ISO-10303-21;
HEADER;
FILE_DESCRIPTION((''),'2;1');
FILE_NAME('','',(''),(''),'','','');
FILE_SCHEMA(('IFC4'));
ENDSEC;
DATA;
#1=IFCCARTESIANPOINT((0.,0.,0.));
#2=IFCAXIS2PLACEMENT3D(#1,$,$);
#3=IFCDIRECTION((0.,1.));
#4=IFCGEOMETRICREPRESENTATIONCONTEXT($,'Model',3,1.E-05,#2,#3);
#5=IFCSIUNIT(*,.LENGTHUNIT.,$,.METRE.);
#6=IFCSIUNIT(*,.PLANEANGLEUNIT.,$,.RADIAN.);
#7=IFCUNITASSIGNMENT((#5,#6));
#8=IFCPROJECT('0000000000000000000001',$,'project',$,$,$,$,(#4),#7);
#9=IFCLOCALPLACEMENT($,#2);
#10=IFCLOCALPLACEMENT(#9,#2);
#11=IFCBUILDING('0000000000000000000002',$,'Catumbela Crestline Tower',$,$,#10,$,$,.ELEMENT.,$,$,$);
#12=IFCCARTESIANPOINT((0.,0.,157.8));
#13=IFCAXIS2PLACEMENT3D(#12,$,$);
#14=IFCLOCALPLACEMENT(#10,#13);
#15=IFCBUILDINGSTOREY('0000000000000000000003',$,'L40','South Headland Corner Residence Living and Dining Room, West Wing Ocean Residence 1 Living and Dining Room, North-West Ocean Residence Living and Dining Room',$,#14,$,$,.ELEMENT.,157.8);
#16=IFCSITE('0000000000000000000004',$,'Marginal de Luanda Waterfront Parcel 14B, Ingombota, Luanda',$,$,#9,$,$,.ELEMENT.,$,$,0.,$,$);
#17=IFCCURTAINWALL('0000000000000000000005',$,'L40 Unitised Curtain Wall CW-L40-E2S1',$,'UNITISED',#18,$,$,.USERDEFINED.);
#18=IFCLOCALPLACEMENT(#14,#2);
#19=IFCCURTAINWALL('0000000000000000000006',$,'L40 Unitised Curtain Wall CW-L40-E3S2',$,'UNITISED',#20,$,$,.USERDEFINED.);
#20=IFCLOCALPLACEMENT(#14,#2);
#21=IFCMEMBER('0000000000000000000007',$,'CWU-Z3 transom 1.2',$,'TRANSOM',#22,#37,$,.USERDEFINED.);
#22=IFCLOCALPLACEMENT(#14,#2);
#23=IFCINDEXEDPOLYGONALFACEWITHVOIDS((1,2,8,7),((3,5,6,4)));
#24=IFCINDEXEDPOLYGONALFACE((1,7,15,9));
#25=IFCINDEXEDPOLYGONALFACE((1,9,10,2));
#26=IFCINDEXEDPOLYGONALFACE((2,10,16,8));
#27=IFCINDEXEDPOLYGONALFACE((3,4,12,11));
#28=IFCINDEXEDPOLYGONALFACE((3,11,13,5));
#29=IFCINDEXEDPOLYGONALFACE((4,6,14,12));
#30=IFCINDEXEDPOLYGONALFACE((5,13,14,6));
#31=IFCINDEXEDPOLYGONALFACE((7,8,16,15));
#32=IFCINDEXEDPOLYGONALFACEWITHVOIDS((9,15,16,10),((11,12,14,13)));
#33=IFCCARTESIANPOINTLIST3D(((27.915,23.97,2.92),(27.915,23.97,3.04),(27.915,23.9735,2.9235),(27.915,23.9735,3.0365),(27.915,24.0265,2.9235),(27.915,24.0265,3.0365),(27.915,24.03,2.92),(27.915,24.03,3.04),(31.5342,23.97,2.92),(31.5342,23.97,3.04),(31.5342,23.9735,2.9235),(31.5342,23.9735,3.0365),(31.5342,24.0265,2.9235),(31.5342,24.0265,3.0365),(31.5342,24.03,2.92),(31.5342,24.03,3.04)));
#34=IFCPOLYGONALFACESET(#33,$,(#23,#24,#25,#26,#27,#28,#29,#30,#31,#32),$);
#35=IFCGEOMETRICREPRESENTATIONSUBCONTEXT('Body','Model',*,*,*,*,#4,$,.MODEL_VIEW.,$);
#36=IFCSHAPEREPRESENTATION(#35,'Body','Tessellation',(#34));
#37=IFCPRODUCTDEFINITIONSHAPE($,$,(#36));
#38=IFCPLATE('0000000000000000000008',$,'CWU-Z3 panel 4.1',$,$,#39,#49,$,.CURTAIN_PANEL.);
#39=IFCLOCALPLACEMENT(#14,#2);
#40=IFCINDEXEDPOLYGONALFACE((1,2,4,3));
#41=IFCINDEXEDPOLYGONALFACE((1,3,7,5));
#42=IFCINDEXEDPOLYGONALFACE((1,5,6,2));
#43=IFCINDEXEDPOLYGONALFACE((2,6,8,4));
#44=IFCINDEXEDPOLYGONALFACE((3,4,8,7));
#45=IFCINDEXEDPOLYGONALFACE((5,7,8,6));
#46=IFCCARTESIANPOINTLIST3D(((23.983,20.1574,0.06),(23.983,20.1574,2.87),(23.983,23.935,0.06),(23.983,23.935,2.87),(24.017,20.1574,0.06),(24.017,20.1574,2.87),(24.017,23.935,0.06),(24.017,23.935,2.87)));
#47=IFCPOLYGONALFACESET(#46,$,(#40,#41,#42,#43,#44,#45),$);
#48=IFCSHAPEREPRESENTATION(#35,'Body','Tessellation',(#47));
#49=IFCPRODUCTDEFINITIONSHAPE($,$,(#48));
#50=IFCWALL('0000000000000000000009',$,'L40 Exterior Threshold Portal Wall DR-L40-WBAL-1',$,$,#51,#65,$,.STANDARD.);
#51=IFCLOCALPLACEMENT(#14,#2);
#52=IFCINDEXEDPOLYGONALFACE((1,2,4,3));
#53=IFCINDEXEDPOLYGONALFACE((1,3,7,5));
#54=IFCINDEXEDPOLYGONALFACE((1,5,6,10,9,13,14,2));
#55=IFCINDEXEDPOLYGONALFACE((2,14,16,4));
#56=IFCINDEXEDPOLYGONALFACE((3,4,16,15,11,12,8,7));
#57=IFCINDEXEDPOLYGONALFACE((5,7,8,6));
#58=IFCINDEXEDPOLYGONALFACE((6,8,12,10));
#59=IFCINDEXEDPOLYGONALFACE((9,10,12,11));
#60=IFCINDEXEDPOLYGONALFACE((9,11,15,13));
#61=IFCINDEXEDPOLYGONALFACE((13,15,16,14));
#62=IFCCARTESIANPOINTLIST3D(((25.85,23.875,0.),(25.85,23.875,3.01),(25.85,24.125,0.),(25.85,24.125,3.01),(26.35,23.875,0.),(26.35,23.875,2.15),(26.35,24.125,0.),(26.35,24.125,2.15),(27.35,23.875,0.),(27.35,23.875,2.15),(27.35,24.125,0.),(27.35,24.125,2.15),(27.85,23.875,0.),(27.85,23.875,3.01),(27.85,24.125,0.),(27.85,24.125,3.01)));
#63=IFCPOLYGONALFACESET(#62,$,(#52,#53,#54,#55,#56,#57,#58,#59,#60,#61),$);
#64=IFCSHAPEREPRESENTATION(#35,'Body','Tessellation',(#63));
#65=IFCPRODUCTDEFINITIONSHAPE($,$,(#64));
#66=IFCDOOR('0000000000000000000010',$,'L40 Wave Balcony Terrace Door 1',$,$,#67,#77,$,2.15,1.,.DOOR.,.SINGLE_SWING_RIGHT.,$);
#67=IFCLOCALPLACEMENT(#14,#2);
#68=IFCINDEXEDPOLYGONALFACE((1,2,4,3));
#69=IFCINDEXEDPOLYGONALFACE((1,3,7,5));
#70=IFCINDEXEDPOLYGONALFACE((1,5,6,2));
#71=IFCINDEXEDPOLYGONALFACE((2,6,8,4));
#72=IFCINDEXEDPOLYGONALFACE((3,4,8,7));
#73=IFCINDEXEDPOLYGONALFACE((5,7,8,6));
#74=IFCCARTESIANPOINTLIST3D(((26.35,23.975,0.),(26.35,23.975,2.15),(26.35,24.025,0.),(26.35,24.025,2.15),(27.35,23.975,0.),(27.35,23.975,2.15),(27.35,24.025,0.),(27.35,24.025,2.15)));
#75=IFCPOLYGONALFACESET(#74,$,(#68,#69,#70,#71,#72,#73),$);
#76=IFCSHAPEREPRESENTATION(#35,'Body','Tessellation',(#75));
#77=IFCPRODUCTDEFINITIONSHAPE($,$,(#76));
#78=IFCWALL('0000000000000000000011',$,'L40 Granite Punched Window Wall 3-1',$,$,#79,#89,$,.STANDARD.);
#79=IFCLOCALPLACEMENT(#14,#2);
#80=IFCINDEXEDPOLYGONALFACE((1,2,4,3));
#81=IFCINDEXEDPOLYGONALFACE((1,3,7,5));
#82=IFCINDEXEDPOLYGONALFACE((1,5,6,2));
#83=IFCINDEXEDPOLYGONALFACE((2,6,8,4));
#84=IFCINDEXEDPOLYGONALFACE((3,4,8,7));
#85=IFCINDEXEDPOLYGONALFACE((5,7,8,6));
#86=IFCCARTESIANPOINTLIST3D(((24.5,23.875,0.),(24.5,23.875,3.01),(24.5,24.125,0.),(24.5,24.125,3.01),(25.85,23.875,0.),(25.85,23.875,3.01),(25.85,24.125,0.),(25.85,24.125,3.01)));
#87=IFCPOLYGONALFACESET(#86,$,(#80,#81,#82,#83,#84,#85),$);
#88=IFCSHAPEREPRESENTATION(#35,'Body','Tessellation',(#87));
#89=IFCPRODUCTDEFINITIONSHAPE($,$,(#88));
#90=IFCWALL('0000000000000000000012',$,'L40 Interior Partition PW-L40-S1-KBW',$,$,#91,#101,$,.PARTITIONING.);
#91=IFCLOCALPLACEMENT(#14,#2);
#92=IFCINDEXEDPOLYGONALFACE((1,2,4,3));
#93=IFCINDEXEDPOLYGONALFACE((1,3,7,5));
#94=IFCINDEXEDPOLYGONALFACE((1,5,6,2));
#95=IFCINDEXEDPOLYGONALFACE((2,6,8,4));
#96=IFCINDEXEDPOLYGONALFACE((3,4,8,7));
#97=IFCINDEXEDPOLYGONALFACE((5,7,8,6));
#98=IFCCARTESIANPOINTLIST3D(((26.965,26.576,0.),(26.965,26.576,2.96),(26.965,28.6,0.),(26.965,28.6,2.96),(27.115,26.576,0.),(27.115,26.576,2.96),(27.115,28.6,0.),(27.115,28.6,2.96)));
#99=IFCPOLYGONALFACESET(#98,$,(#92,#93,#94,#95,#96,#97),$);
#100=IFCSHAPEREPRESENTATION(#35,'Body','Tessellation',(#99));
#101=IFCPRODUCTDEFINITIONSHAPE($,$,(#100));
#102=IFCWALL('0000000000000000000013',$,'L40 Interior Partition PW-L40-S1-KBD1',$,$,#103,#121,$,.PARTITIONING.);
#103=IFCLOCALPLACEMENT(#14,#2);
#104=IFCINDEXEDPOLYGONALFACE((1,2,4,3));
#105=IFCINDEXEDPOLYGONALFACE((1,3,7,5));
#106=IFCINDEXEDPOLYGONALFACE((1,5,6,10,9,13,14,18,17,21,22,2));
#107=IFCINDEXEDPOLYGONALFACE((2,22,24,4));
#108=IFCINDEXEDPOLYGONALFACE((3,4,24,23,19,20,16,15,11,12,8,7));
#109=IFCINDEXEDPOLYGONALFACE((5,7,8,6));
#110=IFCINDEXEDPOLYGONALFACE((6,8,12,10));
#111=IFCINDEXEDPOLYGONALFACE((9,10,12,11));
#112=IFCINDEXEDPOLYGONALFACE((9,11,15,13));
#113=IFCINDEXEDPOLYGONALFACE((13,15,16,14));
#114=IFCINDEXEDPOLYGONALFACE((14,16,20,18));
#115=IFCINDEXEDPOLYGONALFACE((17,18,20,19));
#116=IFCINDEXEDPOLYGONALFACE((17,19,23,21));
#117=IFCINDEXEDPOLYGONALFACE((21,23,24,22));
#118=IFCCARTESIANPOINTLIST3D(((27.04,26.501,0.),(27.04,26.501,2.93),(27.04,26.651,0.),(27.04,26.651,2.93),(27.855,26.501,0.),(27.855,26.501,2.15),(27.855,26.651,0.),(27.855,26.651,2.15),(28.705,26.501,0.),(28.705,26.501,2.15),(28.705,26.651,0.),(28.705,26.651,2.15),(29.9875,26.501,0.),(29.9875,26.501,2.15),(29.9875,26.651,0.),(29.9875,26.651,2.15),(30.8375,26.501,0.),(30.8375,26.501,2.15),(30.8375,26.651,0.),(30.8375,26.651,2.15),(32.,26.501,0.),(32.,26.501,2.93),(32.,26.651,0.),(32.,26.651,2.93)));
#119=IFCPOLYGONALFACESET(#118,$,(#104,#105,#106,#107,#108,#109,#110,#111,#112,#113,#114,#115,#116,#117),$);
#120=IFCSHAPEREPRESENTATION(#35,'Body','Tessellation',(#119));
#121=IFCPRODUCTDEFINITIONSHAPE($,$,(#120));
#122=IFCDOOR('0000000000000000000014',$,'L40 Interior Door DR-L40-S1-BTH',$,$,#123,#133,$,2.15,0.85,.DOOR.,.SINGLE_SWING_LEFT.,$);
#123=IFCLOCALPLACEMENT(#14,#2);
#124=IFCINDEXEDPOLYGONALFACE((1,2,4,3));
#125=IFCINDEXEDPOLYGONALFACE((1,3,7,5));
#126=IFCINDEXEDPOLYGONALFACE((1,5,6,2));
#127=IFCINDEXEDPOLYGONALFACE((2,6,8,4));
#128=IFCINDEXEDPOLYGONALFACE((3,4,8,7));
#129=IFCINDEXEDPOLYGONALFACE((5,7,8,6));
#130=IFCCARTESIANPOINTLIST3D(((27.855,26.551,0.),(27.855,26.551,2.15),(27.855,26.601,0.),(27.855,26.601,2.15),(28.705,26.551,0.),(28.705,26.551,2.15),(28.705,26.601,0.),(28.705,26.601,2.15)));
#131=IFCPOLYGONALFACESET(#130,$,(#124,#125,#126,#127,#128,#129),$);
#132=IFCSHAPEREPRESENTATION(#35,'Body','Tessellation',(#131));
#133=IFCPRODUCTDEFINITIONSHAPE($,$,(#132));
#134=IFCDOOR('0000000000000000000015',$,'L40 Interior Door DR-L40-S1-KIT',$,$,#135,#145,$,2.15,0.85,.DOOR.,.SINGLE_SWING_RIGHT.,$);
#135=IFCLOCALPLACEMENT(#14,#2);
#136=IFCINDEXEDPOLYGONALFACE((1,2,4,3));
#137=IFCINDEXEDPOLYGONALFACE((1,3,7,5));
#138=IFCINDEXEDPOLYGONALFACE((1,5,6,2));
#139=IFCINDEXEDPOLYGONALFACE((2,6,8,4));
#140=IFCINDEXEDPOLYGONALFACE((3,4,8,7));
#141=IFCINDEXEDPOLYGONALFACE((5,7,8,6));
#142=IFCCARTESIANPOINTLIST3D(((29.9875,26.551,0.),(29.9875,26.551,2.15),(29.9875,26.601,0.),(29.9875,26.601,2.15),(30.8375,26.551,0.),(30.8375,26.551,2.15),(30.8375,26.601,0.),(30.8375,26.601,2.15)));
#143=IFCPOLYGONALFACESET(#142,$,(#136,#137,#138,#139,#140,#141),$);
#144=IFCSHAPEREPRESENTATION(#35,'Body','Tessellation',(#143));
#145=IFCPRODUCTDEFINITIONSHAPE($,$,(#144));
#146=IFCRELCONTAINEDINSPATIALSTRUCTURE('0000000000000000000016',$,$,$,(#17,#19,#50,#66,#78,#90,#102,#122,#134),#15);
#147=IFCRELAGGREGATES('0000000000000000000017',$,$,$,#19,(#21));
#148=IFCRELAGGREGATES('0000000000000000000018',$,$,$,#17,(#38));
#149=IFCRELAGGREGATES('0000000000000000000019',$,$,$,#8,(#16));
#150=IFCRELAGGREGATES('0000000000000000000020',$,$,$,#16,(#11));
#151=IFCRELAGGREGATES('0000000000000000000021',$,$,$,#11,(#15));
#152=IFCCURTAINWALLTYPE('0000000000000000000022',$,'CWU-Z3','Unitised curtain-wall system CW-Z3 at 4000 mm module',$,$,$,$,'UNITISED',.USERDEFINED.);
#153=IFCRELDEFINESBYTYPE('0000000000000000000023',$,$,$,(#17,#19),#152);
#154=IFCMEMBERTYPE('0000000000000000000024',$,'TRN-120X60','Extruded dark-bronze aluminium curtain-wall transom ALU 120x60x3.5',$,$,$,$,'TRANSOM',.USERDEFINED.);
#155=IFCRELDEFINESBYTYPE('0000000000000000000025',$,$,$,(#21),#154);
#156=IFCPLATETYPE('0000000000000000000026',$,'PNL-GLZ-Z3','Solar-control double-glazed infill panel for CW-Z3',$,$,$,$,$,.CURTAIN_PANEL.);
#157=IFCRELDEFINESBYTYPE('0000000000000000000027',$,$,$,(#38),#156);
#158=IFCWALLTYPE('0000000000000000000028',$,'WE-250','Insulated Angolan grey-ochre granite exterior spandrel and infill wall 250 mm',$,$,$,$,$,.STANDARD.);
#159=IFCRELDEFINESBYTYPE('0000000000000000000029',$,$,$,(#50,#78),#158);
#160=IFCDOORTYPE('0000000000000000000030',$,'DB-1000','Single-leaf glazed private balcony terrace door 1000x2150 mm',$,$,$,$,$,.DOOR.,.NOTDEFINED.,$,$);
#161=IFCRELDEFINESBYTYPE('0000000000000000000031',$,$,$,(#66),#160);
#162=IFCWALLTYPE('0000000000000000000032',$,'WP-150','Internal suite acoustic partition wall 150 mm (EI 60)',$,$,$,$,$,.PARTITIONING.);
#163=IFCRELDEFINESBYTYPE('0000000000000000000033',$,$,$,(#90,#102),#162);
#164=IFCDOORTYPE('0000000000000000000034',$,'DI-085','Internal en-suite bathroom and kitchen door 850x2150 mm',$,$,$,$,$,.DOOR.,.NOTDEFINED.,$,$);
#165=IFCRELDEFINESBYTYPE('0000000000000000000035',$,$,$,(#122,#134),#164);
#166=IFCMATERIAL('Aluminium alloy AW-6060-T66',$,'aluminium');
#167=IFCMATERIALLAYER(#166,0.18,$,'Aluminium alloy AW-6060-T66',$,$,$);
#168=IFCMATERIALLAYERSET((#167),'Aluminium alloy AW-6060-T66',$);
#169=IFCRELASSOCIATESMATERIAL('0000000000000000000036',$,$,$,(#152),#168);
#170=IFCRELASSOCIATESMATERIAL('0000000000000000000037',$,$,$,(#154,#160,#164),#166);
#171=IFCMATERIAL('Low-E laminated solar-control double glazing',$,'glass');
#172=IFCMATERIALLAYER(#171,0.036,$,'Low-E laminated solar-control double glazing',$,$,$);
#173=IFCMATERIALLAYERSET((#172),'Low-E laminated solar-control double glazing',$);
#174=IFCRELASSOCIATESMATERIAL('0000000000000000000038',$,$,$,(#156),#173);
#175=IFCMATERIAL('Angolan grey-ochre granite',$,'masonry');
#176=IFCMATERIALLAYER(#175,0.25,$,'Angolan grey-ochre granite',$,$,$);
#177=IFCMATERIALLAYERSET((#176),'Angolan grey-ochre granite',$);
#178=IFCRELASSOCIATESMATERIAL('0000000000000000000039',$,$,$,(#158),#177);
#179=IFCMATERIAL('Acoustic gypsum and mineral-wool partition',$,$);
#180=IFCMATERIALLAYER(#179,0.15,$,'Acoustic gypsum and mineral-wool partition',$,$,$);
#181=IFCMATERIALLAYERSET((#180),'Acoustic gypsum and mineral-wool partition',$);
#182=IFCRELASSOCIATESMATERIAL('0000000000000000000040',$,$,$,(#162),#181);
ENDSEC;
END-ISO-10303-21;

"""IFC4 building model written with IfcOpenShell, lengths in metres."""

from ifc_helpers import new_model, si_unit, direction, frame, frame_2d, origin, origin_2d, place, context, subcontext, project, spatial, rectangle, hollow_rectangle, extrude, material, layer, layer_set, material_profile, profile_set, type_object, element, fill, aggregate, save


model = new_model("IFC4")

# Units and contexts
model_context = context("Model", 3, precision=1e-05, world=origin(), true_north=direction((0.0, 1.0)))
body_context = subcontext(model_context, "Body", "Model", "MODEL_VIEW")
ifc_project = project(units=[si_unit("LENGTHUNIT", "METRE"), si_unit("PLANEANGLEUNIT", "RADIAN")], contexts=[model_context])

# Site, building, storey
site_placement = place(None, origin())
site = spatial("IfcSite", under=ifc_project, at=site_placement, Name="Marginal de Luanda Waterfront Parcel 14B, Ingombota, Luanda", CompositionType="ELEMENT", RefElevation=0.0)
building_placement = place(site_placement, origin())
building = spatial("IfcBuilding", under=site, at=building_placement, Name="Catumbela Crestline Tower", CompositionType="ELEMENT")
storey_placement = place(building_placement, frame((0.0, 0.0, 157.8)))
storey = spatial("IfcBuildingStorey", under=building, at=storey_placement, Name="L40", Description="South Headland Corner Residence Living and Dining Room, West Wing Ocean Residence 1 Living and Dining Room, North-West Ocean Residence Living and Dining Room", CompositionType="ELEMENT", Elevation=157.8)

# Curtain walls
ifc_material_1 = material(Name="Aluminium alloy AW-6060-T66", Category="aluminium")
ifc_layer_1 = layer(ifc_material_1, 0.18, Name="Aluminium alloy AW-6060-T66")
ifc_layer_set_1 = layer_set([ifc_layer_1], Name="Aluminium alloy AW-6060-T66")
curtain_wall_type = type_object("IfcCurtainWallType", Name="CWU-Z3", Description="Unitised curtain-wall system CW-Z3 at 4000 mm module", ElementType="UNITISED", PredefinedType="USERDEFINED", material=ifc_layer_set_1)
curtain_wall_1_placement = place(storey_placement, origin())
curtain_wall_1 = element("IfcCurtainWall", 1, at=curtain_wall_1_placement, inside=storey, type_object=curtain_wall_type, Name="L40 Unitised Curtain Wall CW-L40-E2S1", ObjectType="UNITISED", PredefinedType="USERDEFINED")
curtain_wall_2_placement = place(storey_placement, origin())
curtain_wall_2 = element("IfcCurtainWall", 2, at=curtain_wall_2_placement, inside=storey, type_object=curtain_wall_type, Name="L40 Unitised Curtain Wall CW-L40-E3S2", ObjectType="UNITISED", PredefinedType="USERDEFINED")

# Member
ifc_material_profile_1 = material_profile(ifc_material_1, hollow_rectangle(XDim=0.06, YDim=0.12, WallThickness=0.0035, at=origin_2d()), Name="ALU 120x60x3.5")
ifc_profile_set_1 = profile_set([ifc_material_profile_1], Name="Aluminium alloy AW-6060-T66")
member_type_1 = type_object("IfcMemberType", Name="TRN-120X60", Description="Extruded dark-bronze aluminium curtain-wall transom ALU 120x60x3.5", ElementType="TRANSOM", PredefinedType="USERDEFINED", material=ifc_profile_set_1)
member_1_placement = place(storey_placement, frame((27.915, 24.0, 2.98), z_axis=(1.0, 0.0, 0.0), x_axis=(0.0, 1.0, 0.0)))
member_1 = element("IfcMember", 3, at=member_1_placement, type_object=member_type_1, Name="CWU-Z3 transom 1.2", ObjectType="TRANSOM", PredefinedType="USERDEFINED", context=body_context, shape_type="SweptSolid", body=[
    extrude(hollow_rectangle(XDim=0.06, YDim=0.12, WallThickness=0.0035, at=origin_2d()), origin(), (0.0, 0.0, 1.0), 3.6192),
])
aggregate(curtain_wall_2, [member_1])

# Plate
ifc_material_2 = material(Name="Low-E laminated solar-control double glazing", Category="glass")
ifc_layer_2 = layer(ifc_material_2, 0.036, Name="Low-E laminated solar-control double glazing")
ifc_layer_set_2 = layer_set([ifc_layer_2], Name="Low-E laminated solar-control double glazing")
plate_type = type_object("IfcPlateType", Name="PNL-GLZ-Z3", Description="Solar-control double-glazed infill panel for CW-Z3", PredefinedType="CURTAIN_PANEL", material=ifc_layer_set_2)
plate_placement = place(storey_placement, frame((24.0, 22.0462, 0.06), z_axis=(0.0, 0.0, 1.0), x_axis=(0.0, 1.0, 0.0)))
plate = element("IfcPlate", 4, at=plate_placement, type_object=plate_type, Name="CWU-Z3 panel 4.1", PredefinedType="CURTAIN_PANEL", context=body_context, shape_type="SweptSolid", body=[
    extrude(rectangle(XDim=3.7775, YDim=0.034, at=origin_2d()), origin(), (0.0, 0.0, 1.0), 2.81),
])
aggregate(curtain_wall_1, [plate])

# Wall, opening, door
ifc_material_3 = material(Name="Angolan grey-ochre granite", Category="masonry")
ifc_layer_3 = layer(ifc_material_3, 0.25, Name="Angolan grey-ochre granite")
ifc_layer_set_3 = layer_set([ifc_layer_3], Name="Angolan grey-ochre granite")
wall_type_1 = type_object("IfcWallType", Name="WE-250", Description="Insulated Angolan grey-ochre granite exterior spandrel and infill wall 250 mm", PredefinedType="STANDARD", material=ifc_layer_set_3)
wall_1_placement = place(storey_placement, frame((25.85, 24.0, 0.0), z_axis=(0.0, 0.0, 1.0), x_axis=(1.0, 0.0, 0.0)))
wall_1 = element("IfcWall", 5, at=wall_1_placement, inside=storey, type_object=wall_type_1, Name="L40 Exterior Threshold Portal Wall DR-L40-WBAL-1", PredefinedType="STANDARD", context=body_context, shape_type="SweptSolid", body=[
    extrude(rectangle(XDim=2.0, YDim=0.25, at=frame_2d((1.0, 0.0))), origin(), (0.0, 0.0, 1.0), 3.01),
])
opening_1_placement = place(wall_1_placement, frame((0.5, 0.0, 0.0)))
opening_1 = element("IfcOpeningElement", 6, at=opening_1_placement, cuts=wall_1, PredefinedType="OPENING", context=body_context, shape_type="SweptSolid", body=[
    extrude(rectangle(XDim=1.0, YDim=2.15, at=frame_2d((0.5, 1.075))), frame((0.0, 0.135, 0.0), z_axis=(0.0, -1.0, 0.0), x_axis=(1.0, 0.0, 0.0)), (0.0, 0.0, 1.0), 0.27),
])
door_type_1 = type_object("IfcDoorType", Name="DB-1000", Description="Single-leaf glazed private balcony terrace door 1000x2150 mm", OperationType="NOTDEFINED", PredefinedType="DOOR", material=ifc_material_1)
door_1_placement = place(opening_1_placement, origin())
door_1 = element("IfcDoor", 7, at=door_1_placement, inside=storey, type_object=door_type_1, Name="L40 Wave Balcony Terrace Door 1", OperationType="SINGLE_SWING_RIGHT", OverallHeight=2.15, OverallWidth=1.0, PredefinedType="DOOR", context=body_context, shape_type="SweptSolid", body=[
    extrude(rectangle(XDim=1.0, YDim=2.15, at=frame_2d((0.5, 1.075))), frame((0.0, 0.025, 0.0), z_axis=(0.0, -1.0, 0.0), x_axis=(1.0, 0.0, 0.0)), (0.0, 0.0, 1.0), 0.05),
])
fill(opening_1, door_1)

# Walls
wall_2_placement = place(storey_placement, frame((24.5, 24.0, 0.0), z_axis=(0.0, 0.0, 1.0), x_axis=(1.0, 0.0, 0.0)))
element("IfcWall", 8, at=wall_2_placement, inside=storey, type_object=wall_type_1, Name="L40 Granite Punched Window Wall 3-1", PredefinedType="STANDARD", context=body_context, shape_type="SweptSolid", body=[
    extrude(rectangle(XDim=1.35, YDim=0.25, at=frame_2d((0.675, 0.0))), origin(), (0.0, 0.0, 1.0), 3.01),
])
ifc_material_4 = material(Name="Acoustic gypsum and mineral-wool partition")
ifc_layer_4 = layer(ifc_material_4, 0.15, Name="Acoustic gypsum and mineral-wool partition")
ifc_layer_set_4 = layer_set([ifc_layer_4], Name="Acoustic gypsum and mineral-wool partition")
wall_type_2 = type_object("IfcWallType", Name="WP-150", Description="Internal suite acoustic partition wall 150 mm (EI 60)", PredefinedType="PARTITIONING", material=ifc_layer_set_4)
wall_3_placement = place(storey_placement, frame((27.04, 26.576, 0.0), z_axis=(0.0, 0.0, 1.0), x_axis=(0.0, 1.0, 0.0)))
element("IfcWall", 9, at=wall_3_placement, inside=storey, type_object=wall_type_2, Name="L40 Interior Partition PW-L40-S1-KBW", PredefinedType="PARTITIONING", context=body_context, shape_type="SweptSolid", body=[
    extrude(rectangle(XDim=2.024, YDim=0.15, at=frame_2d((1.012, 0.0))), origin(), (0.0, 0.0, 1.0), 2.96),
])

# Wall, openings, doors
wall_4_placement = place(storey_placement, frame((27.04, 26.576, 0.0), z_axis=(0.0, 0.0, 1.0), x_axis=(1.0, 0.0, 0.0)))
wall_4 = element("IfcWall", 10, at=wall_4_placement, inside=storey, type_object=wall_type_2, Name="L40 Interior Partition PW-L40-S1-KBD1", PredefinedType="PARTITIONING", context=body_context, shape_type="SweptSolid", body=[
    extrude(rectangle(XDim=4.96, YDim=0.15, at=frame_2d((2.48, 0.0))), origin(), (0.0, 0.0, 1.0), 2.93),
])
opening_2_placement = place(wall_4_placement, frame((0.815, 0.0, 0.0)))
opening_2 = element("IfcOpeningElement", 11, at=opening_2_placement, cuts=wall_4, PredefinedType="OPENING", context=body_context, shape_type="SweptSolid", body=[
    extrude(rectangle(XDim=0.85, YDim=2.15, at=frame_2d((0.425, 1.075))), frame((0.0, 0.085, 0.0), z_axis=(0.0, -1.0, 0.0), x_axis=(1.0, 0.0, 0.0)), (0.0, 0.0, 1.0), 0.17),
])
opening_3_placement = place(wall_4_placement, frame((2.9475, 0.0, 0.0)))
opening_3 = element("IfcOpeningElement", 12, at=opening_3_placement, cuts=wall_4, PredefinedType="OPENING", context=body_context, shape_type="SweptSolid", body=[
    extrude(rectangle(XDim=0.85, YDim=2.15, at=frame_2d((0.425, 1.075))), frame((0.0, 0.085, 0.0), z_axis=(0.0, -1.0, 0.0), x_axis=(1.0, 0.0, 0.0)), (0.0, 0.0, 1.0), 0.17),
])
door_type_2 = type_object("IfcDoorType", Name="DI-085", Description="Internal en-suite bathroom and kitchen door 850x2150 mm", OperationType="NOTDEFINED", PredefinedType="DOOR", material=ifc_material_1)
door_2_placement = place(opening_2_placement, origin())
door_2 = element("IfcDoor", 13, at=door_2_placement, inside=storey, type_object=door_type_2, Name="L40 Interior Door DR-L40-S1-BTH", OperationType="SINGLE_SWING_LEFT", OverallHeight=2.15, OverallWidth=0.85, PredefinedType="DOOR", context=body_context, shape_type="SweptSolid", body=[
    extrude(rectangle(XDim=0.85, YDim=2.15, at=frame_2d((0.425, 1.075))), frame((0.0, 0.025, 0.0), z_axis=(0.0, -1.0, 0.0), x_axis=(1.0, 0.0, 0.0)), (0.0, 0.0, 1.0), 0.05),
])
fill(opening_2, door_2)
door_3_placement = place(opening_3_placement, origin())
door_3 = element("IfcDoor", 14, at=door_3_placement, inside=storey, type_object=door_type_2, Name="L40 Interior Door DR-L40-S1-KIT", OperationType="SINGLE_SWING_RIGHT", OverallHeight=2.15, OverallWidth=0.85, PredefinedType="DOOR", context=body_context, shape_type="SweptSolid", body=[
    extrude(rectangle(XDim=0.85, YDim=2.15, at=frame_2d((0.425, 1.075))), frame((0.0, 0.025, 0.0), z_axis=(0.0, -1.0, 0.0), x_axis=(1.0, 0.0, 0.0)), (0.0, 0.0, 1.0), 0.05),
])
fill(opening_3, door_3)

save(model, "model.ifc")
